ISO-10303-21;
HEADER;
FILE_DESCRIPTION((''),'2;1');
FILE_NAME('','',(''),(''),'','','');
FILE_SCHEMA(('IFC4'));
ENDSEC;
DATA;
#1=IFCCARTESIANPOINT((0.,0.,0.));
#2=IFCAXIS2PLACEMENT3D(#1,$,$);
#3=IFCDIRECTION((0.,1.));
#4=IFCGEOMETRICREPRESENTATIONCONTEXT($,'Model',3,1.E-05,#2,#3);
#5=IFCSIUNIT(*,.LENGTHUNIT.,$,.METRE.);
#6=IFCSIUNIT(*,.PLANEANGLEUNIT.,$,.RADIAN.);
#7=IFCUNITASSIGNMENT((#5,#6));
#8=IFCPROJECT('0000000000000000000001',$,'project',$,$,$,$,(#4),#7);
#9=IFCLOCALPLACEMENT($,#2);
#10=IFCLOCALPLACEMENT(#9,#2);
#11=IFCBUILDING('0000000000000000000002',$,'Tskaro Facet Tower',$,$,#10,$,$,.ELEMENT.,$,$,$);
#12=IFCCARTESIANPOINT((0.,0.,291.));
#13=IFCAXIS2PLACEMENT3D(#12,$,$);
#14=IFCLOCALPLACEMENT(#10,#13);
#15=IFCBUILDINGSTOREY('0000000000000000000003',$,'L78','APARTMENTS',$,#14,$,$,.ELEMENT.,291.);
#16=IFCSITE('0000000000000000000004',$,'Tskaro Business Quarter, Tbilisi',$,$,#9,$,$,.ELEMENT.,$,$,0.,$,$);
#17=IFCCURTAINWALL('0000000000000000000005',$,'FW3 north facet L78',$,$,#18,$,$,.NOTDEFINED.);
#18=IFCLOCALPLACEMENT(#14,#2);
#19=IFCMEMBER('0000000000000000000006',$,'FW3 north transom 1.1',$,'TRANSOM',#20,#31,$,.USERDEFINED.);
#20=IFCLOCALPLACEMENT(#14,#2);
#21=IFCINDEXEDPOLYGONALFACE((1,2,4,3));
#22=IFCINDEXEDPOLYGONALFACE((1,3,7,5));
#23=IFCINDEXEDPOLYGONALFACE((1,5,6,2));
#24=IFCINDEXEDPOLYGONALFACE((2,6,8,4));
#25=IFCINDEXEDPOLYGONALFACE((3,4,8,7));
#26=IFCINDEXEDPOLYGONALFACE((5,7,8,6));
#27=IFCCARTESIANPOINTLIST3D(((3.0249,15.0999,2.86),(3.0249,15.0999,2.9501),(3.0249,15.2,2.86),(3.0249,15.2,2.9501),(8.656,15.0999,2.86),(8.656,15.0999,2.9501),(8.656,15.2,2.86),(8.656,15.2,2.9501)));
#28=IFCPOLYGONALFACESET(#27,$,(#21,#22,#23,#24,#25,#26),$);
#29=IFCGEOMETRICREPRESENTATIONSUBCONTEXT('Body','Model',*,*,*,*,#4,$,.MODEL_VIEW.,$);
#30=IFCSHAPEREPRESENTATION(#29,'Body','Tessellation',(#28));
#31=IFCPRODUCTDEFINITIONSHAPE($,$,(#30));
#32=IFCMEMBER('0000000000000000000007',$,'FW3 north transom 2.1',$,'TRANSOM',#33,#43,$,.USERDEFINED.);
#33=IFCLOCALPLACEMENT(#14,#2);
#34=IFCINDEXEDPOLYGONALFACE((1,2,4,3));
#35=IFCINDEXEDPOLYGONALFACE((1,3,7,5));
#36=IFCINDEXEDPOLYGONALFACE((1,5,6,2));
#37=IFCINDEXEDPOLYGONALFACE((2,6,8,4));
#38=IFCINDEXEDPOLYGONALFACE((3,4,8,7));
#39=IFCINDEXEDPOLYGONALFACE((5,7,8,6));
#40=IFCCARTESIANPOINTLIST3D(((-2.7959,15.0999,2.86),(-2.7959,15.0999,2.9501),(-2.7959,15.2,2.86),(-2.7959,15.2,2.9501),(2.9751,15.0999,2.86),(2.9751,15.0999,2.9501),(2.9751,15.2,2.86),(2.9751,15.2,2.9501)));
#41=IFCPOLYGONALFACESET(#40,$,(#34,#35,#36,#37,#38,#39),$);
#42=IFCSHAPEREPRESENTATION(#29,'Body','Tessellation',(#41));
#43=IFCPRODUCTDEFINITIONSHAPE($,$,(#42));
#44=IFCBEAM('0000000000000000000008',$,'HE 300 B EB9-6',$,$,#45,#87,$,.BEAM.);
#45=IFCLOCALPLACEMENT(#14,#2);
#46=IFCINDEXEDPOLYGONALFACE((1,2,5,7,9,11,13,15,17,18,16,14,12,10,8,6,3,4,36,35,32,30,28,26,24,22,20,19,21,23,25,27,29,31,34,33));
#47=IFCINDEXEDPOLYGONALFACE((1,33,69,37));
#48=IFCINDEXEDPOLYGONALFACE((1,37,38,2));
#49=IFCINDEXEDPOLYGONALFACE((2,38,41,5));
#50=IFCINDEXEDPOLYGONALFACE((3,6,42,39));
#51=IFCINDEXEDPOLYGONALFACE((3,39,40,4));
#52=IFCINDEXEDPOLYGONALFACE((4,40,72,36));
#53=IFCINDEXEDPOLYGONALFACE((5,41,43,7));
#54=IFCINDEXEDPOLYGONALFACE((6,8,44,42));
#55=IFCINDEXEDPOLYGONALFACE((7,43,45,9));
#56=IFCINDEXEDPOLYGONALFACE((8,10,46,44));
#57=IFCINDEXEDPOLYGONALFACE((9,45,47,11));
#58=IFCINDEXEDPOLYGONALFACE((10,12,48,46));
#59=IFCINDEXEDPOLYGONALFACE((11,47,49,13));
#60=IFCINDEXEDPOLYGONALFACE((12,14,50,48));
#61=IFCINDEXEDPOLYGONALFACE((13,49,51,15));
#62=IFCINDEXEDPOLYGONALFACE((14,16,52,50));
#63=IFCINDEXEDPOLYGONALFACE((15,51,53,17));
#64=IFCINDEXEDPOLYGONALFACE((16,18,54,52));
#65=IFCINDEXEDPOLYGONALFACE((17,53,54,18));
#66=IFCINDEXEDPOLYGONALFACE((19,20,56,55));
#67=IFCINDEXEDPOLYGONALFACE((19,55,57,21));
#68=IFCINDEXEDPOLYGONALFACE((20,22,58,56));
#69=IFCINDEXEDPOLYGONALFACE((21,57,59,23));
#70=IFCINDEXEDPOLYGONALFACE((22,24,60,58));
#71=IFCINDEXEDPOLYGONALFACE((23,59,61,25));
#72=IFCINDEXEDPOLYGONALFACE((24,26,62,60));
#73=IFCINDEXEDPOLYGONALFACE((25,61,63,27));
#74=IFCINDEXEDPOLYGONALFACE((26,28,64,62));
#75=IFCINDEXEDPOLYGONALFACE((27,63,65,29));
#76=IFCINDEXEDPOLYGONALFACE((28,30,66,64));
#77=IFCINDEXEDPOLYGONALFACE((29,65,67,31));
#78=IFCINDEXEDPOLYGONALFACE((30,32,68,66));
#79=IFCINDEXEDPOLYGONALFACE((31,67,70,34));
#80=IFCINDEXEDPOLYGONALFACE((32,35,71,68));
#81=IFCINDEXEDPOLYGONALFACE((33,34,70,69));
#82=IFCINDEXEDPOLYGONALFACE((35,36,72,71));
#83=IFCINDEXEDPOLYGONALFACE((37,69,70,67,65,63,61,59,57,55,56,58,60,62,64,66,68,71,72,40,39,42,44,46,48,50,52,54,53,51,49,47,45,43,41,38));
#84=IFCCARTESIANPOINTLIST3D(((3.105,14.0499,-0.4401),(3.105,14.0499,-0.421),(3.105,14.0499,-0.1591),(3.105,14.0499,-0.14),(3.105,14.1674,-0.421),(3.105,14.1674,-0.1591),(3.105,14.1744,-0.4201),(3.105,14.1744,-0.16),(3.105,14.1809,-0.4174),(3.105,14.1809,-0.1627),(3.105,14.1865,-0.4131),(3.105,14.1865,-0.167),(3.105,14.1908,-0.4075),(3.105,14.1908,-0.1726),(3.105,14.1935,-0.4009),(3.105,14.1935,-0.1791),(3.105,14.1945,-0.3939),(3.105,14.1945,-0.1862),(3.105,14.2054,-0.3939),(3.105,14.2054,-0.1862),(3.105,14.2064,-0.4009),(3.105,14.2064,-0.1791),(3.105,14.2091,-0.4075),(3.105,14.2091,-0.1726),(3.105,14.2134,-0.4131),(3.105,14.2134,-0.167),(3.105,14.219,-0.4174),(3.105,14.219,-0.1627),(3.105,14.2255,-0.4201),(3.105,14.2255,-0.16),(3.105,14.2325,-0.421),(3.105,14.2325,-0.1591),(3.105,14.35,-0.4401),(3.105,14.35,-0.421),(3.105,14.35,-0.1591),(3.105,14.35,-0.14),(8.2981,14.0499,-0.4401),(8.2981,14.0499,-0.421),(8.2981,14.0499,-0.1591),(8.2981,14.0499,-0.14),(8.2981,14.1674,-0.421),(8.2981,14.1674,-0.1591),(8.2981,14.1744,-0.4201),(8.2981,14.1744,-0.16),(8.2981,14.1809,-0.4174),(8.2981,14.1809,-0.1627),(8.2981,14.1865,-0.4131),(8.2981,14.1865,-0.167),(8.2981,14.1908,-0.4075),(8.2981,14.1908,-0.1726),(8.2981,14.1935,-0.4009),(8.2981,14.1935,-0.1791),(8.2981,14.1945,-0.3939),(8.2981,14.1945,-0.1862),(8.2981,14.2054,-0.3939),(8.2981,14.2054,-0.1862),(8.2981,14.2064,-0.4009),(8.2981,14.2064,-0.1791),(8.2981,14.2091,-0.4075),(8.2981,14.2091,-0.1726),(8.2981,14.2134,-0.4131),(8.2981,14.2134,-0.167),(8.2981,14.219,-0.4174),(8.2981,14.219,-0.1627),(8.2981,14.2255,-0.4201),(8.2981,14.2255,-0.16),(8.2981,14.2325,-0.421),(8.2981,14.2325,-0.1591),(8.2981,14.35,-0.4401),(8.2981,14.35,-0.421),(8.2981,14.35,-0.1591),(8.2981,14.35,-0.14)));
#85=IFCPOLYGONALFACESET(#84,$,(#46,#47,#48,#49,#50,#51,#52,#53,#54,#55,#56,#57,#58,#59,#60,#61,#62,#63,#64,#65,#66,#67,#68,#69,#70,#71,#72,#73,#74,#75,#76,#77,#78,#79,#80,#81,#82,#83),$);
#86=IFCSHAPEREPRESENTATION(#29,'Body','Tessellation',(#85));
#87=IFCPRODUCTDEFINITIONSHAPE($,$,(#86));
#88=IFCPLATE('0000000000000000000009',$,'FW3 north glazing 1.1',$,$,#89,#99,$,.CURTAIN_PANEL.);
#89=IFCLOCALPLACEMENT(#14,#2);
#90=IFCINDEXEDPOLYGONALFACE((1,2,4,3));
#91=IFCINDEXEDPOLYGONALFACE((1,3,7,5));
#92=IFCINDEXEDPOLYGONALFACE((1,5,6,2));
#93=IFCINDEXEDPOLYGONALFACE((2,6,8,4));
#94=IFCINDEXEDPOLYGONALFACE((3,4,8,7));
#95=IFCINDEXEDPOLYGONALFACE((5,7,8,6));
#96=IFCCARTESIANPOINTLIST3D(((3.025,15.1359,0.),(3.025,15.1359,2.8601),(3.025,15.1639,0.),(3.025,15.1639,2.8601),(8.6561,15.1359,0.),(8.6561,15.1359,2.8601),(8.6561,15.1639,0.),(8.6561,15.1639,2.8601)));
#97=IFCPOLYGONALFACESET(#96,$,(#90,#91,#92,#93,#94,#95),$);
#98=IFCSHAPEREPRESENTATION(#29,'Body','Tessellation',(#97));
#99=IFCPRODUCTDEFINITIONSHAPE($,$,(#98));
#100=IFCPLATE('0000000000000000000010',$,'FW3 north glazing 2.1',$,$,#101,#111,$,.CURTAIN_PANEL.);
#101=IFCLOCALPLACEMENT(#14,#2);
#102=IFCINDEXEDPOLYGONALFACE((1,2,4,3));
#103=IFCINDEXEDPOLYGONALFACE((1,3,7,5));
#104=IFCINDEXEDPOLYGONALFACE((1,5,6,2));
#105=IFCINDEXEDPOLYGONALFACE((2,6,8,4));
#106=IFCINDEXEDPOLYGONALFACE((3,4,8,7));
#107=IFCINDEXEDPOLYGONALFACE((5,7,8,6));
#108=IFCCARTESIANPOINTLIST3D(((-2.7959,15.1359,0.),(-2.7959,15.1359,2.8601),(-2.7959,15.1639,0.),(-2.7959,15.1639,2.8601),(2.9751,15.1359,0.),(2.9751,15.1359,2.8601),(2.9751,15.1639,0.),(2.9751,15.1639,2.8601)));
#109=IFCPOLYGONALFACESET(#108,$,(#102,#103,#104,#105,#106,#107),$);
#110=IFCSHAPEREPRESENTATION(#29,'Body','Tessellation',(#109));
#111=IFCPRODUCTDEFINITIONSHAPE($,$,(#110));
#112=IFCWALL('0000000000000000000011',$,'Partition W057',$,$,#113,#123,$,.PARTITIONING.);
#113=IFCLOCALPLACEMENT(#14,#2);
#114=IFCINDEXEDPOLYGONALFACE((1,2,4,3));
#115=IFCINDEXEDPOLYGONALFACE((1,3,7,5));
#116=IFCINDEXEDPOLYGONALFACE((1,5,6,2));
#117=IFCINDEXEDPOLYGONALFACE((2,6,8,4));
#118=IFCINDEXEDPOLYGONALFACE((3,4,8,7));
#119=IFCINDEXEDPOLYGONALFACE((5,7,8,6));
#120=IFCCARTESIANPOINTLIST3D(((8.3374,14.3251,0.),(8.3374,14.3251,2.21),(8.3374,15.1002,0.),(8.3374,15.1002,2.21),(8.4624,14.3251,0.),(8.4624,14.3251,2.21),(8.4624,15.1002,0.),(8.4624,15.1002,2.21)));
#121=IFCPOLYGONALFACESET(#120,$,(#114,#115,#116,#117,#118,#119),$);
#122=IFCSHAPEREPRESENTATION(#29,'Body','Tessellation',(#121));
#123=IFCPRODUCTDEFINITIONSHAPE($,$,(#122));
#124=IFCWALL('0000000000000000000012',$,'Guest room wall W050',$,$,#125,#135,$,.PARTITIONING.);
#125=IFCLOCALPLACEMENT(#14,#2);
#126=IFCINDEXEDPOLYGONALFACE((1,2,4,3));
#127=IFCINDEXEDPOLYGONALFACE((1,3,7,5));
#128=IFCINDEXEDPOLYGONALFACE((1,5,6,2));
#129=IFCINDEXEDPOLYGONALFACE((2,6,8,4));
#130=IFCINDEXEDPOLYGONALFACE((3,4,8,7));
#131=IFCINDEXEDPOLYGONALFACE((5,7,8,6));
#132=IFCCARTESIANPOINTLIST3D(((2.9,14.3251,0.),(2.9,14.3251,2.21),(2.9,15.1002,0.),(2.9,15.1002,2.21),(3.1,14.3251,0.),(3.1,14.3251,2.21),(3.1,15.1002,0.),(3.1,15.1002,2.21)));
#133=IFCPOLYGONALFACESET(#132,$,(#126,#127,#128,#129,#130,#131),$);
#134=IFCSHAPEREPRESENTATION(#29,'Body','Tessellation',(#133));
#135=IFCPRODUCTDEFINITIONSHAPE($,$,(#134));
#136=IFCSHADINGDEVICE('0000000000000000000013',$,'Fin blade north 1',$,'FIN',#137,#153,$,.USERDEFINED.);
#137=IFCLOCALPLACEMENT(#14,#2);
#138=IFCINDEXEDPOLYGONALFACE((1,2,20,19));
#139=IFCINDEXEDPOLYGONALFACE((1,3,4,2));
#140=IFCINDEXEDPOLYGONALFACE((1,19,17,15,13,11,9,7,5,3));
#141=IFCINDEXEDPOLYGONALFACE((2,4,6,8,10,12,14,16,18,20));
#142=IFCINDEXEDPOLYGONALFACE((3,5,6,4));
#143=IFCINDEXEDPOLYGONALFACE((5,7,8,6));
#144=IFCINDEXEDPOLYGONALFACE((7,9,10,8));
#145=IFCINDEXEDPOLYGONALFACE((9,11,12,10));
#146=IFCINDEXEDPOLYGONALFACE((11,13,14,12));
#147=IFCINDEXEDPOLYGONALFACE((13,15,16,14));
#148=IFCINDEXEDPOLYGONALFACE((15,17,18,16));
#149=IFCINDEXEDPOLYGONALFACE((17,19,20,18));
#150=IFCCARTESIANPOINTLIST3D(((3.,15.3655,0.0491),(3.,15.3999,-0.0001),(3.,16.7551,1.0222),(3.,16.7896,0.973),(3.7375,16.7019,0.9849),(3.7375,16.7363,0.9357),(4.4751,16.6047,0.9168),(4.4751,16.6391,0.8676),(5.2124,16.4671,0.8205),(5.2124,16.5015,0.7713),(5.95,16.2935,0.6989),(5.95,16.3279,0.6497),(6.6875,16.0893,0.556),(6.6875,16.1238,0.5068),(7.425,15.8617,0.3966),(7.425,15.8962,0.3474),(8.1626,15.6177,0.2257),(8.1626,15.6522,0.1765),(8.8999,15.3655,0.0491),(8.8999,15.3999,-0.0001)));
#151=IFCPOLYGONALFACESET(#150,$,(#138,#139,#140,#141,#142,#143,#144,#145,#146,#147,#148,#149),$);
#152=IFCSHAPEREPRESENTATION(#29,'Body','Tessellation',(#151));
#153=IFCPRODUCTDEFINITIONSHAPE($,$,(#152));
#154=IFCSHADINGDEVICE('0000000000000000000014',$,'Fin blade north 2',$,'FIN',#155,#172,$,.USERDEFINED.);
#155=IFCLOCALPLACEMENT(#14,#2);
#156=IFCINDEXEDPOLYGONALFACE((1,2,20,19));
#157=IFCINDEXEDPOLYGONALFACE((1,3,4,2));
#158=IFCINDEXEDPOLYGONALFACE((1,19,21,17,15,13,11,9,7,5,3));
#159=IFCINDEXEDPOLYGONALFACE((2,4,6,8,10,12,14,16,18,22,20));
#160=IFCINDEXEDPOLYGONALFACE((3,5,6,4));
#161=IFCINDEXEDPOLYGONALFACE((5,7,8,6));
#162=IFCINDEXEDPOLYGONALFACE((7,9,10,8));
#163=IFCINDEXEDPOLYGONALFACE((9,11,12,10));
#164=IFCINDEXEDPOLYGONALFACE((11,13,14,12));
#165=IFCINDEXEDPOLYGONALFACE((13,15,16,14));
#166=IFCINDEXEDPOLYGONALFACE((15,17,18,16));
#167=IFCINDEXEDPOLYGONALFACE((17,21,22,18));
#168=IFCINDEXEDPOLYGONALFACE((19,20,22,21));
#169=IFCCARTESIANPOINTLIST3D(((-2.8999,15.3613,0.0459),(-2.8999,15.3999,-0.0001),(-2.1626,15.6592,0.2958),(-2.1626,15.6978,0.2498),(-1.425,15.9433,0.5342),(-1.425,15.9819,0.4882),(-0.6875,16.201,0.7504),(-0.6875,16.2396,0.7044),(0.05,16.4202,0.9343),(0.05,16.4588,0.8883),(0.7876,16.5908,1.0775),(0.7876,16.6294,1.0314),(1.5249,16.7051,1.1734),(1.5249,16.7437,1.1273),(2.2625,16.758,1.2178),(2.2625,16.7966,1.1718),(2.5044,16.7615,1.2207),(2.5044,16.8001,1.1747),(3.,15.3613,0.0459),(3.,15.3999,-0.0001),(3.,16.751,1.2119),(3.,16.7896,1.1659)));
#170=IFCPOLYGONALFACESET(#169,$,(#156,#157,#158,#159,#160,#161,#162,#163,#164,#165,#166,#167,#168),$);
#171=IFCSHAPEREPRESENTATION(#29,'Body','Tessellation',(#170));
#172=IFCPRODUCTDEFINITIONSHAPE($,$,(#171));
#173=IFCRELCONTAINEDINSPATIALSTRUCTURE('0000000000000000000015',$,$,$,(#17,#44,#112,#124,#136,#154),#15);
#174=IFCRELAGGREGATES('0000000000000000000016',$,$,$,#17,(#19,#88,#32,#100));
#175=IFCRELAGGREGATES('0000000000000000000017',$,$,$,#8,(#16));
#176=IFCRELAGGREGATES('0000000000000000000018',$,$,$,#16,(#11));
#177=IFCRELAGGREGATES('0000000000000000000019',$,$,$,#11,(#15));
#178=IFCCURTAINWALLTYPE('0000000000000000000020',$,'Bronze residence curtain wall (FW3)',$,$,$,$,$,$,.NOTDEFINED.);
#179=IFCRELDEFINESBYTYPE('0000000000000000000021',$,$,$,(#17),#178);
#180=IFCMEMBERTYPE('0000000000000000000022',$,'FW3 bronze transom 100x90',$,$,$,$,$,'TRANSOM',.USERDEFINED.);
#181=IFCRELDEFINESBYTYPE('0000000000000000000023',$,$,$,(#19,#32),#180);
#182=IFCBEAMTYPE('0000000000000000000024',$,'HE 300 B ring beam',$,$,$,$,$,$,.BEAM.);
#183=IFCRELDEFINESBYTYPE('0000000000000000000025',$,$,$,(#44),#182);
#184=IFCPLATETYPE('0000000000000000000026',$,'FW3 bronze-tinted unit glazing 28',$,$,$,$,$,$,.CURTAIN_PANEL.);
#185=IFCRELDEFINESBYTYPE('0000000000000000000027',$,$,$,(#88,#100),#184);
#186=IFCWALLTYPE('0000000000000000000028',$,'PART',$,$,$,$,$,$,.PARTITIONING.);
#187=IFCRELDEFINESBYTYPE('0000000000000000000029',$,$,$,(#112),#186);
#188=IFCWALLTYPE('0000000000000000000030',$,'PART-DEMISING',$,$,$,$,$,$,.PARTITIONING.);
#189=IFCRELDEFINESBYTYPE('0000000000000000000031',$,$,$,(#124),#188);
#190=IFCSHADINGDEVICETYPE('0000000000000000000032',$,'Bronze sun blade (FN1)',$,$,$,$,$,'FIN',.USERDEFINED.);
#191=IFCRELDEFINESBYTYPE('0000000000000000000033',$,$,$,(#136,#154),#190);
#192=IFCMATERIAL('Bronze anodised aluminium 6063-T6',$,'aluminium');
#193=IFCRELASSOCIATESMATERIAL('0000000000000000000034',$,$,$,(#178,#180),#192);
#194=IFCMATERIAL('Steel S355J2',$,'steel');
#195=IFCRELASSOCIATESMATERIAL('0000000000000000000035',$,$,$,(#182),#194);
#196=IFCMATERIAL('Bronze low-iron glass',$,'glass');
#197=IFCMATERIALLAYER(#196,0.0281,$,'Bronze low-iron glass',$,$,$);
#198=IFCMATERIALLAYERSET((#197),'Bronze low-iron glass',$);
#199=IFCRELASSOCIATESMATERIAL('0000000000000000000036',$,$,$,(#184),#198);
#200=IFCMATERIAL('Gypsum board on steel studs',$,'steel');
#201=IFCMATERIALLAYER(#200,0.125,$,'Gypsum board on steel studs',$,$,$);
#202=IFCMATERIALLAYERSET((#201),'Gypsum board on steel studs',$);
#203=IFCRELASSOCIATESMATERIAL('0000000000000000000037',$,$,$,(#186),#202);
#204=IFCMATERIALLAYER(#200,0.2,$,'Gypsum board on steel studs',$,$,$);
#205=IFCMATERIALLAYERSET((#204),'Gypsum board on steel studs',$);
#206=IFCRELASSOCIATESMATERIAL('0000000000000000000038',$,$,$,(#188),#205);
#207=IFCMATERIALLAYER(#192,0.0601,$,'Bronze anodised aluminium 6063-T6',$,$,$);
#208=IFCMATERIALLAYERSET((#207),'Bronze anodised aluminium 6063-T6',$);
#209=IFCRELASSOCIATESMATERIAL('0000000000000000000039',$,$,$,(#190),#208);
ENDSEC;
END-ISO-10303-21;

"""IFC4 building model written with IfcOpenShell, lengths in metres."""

from ifc_helpers import new_model, si_unit, direction, frame, frame_2d, origin, origin_2d, place, context, subcontext, project, spatial, polyline, rectangle, i_section, outline, extrude, material, layer, layer_set, material_profile, profile_set, type_object, element, aggregate, save


model = new_model("IFC4")

# Units and contexts
model_context = context("Model", 3, precision=1e-05, world=origin(), true_north=direction((0.0, 1.0)))
body_context = subcontext(model_context, "Body", "Model", "MODEL_VIEW")
ifc_project = project(units=[si_unit("LENGTHUNIT", "METRE"), si_unit("PLANEANGLEUNIT", "RADIAN")], contexts=[model_context])

# Site, building, storey
site_placement = place(None, origin())
site = spatial("IfcSite", under=ifc_project, at=site_placement, Name="Tskaro Business Quarter, Tbilisi", CompositionType="ELEMENT", RefElevation=0.0)
building_placement = place(site_placement, origin())
building = spatial("IfcBuilding", under=site, at=building_placement, Name="Tskaro Facet Tower", CompositionType="ELEMENT")
storey_placement = place(building_placement, frame((0.0, 0.0, 291.0)))
storey = spatial("IfcBuildingStorey", under=building, at=storey_placement, Name="L78", Description="APARTMENTS", CompositionType="ELEMENT", Elevation=291.0)

# Shared definitions
ifc_material_1 = material(Name="Steel S355J2", Category="steel")

# Curtain wall, members
ifc_material_2 = material(Name="Bronze anodised aluminium 6063-T6", Category="aluminium")
curtain_wall_type = type_object("IfcCurtainWallType", Name="Bronze residence curtain wall (FW3)", PredefinedType="NOTDEFINED", material=ifc_material_2)
curtain_wall_placement = place(storey_placement, origin())
curtain_wall = element("IfcCurtainWall", 1, at=curtain_wall_placement, inside=storey, type_object=curtain_wall_type, Name="FW3 north facet L78", PredefinedType="NOTDEFINED")
ifc_material_profile_1 = material_profile(ifc_material_2, rectangle(XDim=0.1001, YDim=0.0901, at=origin_2d()), Name="Transom 100x90")
ifc_profile_set_1 = profile_set([ifc_material_profile_1], Name="Bronze anodised aluminium 6063-T6")
member_type_1 = type_object("IfcMemberType", Name="FW3 bronze transom 100x90", ElementType="TRANSOM", PredefinedType="USERDEFINED", material=ifc_profile_set_1)
member_1_placement = place(storey_placement, frame((8.656, 15.1499, 2.905), z_axis=(-1.0, 0.0, 0.0), x_axis=(0.0, -1.0, 0.0)))
member_1 = element("IfcMember", 2, at=member_1_placement, type_object=member_type_1, Name="FW3 north transom 1.1", ObjectType="TRANSOM", PredefinedType="USERDEFINED", context=body_context, shape_type="SweptSolid", body=[
    extrude(rectangle(XDim=0.1001, YDim=0.0901, at=origin_2d()), origin(), (0.0, 0.0, 1.0), 5.6311),
])
member_2_placement = place(storey_placement, frame((2.9751, 15.1499, 2.905), z_axis=(-1.0, 0.0, 0.0), x_axis=(0.0, -1.0, 0.0)))
member_2 = element("IfcMember", 3, at=member_2_placement, type_object=member_type_1, Name="FW3 north transom 2.1", ObjectType="TRANSOM", PredefinedType="USERDEFINED", context=body_context, shape_type="SweptSolid", body=[
    extrude(rectangle(XDim=0.1001, YDim=0.0901, at=origin_2d()), origin(), (0.0, 0.0, 1.0), 5.771),
])

# Beam
ifc_material_profile_2 = material_profile(ifc_material_1, i_section(OverallWidth=0.3, OverallDepth=0.3, WebThickness=0.011, FlangeThickness=0.019, FilletRadius=0.0271, at=origin_2d()), Name="HE 300 B")
ifc_profile_set_2 = profile_set([ifc_material_profile_2], Name="Steel S355J2")
beam_type = type_object("IfcBeamType", Name="HE 300 B ring beam", PredefinedType="BEAM", material=ifc_profile_set_2)
beam_placement = place(storey_placement, frame((8.2981, 14.2, -0.29), z_axis=(-1.0, 0.0, 0.0), x_axis=(0.0, -1.0, 0.0)))
element("IfcBeam", 4, at=beam_placement, inside=storey, type_object=beam_type, Name="HE 300 B EB9-6", PredefinedType="BEAM", context=body_context, shape_type="SweptSolid", body=[
    extrude(i_section(OverallWidth=0.3, OverallDepth=0.3, WebThickness=0.011, FlangeThickness=0.019, FilletRadius=0.0271, at=origin_2d()), origin(), (0.0, 0.0, 1.0), 5.1931),
])

# Plates
ifc_material_3 = material(Name="Bronze low-iron glass", Category="glass")
ifc_layer_1 = layer(ifc_material_3, 0.0281, Name="Bronze low-iron glass")
ifc_layer_set_1 = layer_set([ifc_layer_1], Name="Bronze low-iron glass")
plate_type = type_object("IfcPlateType", Name="FW3 bronze-tinted unit glazing 28", PredefinedType="CURTAIN_PANEL", material=ifc_layer_set_1)
plate_1_placement = place(storey_placement, frame((5.8406, 15.1499, 0.0), z_axis=(0.0, 0.0, 1.0), x_axis=(-1.0, 0.0, 0.0)))
plate_1 = element("IfcPlate", 5, at=plate_1_placement, type_object=plate_type, Name="FW3 north glazing 1.1", PredefinedType="CURTAIN_PANEL", context=body_context, shape_type="SweptSolid", body=[
    extrude(rectangle(XDim=5.6311, YDim=0.0281, at=origin_2d()), origin(), (0.0, 0.0, 1.0), 2.8601),
])
plate_2_placement = place(storey_placement, frame((0.0896, 15.1499, 0.0), z_axis=(0.0, 0.0, 1.0), x_axis=(-1.0, 0.0, 0.0)))
plate_2 = element("IfcPlate", 6, at=plate_2_placement, type_object=plate_type, Name="FW3 north glazing 2.1", PredefinedType="CURTAIN_PANEL", context=body_context, shape_type="SweptSolid", body=[
    extrude(rectangle(XDim=5.771, YDim=0.0281, at=origin_2d()), origin(), (0.0, 0.0, 1.0), 2.8601),
])
aggregate(curtain_wall, [member_1, plate_1, member_2, plate_2])

# Walls
ifc_material_4 = material(Name="Gypsum board on steel studs", Category="steel")
ifc_layer_2 = layer(ifc_material_4, 0.125, Name="Gypsum board on steel studs")
ifc_layer_set_2 = layer_set([ifc_layer_2], Name="Gypsum board on steel studs")
wall_type_1 = type_object("IfcWallType", Name="PART", PredefinedType="PARTITIONING", material=ifc_layer_set_2)
wall_1_placement = place(storey_placement, frame((8.3999, 14.325, 0.0), z_axis=(0.0, 0.0, 1.0), x_axis=(0.0, 1.0, 0.0)))
element("IfcWall", 7, at=wall_1_placement, inside=storey, type_object=wall_type_1, Name="Partition W057", PredefinedType="PARTITIONING", context=body_context, shape_type="SweptSolid", body=[
    extrude(rectangle(XDim=0.7751, YDim=0.125, at=frame_2d((0.3877, 0.0))), origin(), (0.0, 0.0, 1.0), 2.21),
])
ifc_layer_3 = layer(ifc_material_4, 0.2, Name="Gypsum board on steel studs")
ifc_layer_set_3 = layer_set([ifc_layer_3], Name="Gypsum board on steel studs")
wall_type_2 = type_object("IfcWallType", Name="PART-DEMISING", PredefinedType="PARTITIONING", material=ifc_layer_set_3)
wall_2_placement = place(storey_placement, frame((3.0, 14.325, 0.0), z_axis=(0.0, 0.0, 1.0), x_axis=(0.0, 1.0, 0.0)))
element("IfcWall", 8, at=wall_2_placement, inside=storey, type_object=wall_type_2, Name="Guest room wall W050", PredefinedType="PARTITIONING", context=body_context, shape_type="SweptSolid", body=[
    extrude(rectangle(XDim=0.7751, YDim=0.2, at=frame_2d((0.3877, 0.0))), origin(), (0.0, 0.0, 1.0), 2.21),
])

# Shading devices
ifc_layer_4 = layer(ifc_material_2, 0.0601, Name="Bronze anodised aluminium 6063-T6")
ifc_layer_set_4 = layer_set([ifc_layer_4], Name="Bronze anodised aluminium 6063-T6")
shading_device_type = type_object("IfcShadingDeviceType", Name="Bronze sun blade (FN1)", ElementType="FIN", PredefinedType="USERDEFINED", material=ifc_layer_set_4)
shading_device_1_placement = place(storey_placement, frame((8.8999, 15.3655, 0.0491), z_axis=(0.000003, -0.573601, 0.819135), x_axis=(-1.0, -0.000002, 0.000003)))
element("IfcShadingDevice", 9, at=shading_device_1_placement, inside=storey, type_object=shading_device_type, Name="Fin blade north 1", ObjectType="FIN", PredefinedType="USERDEFINED", context=body_context, shape_type="SweptSolid", body=[
    extrude(outline(polyline([(0.0, 0.0), (5.8999, 0.0), (5.8999, -1.6965), (5.1624, -1.6315), (4.4248, -1.5128), (3.6875, -1.3449), (2.95, -1.1329), (2.2124, -0.8837), (1.4749, -0.6058), (0.7373, -0.308), (0.0, 0.0)])), origin(), (0.0, 0.0, -1.0), 0.0601),
])
shading_device_2_placement = place(storey_placement, frame((3.0, 15.3613, 0.0459), z_axis=(-0.000001, -0.642765, 0.766064), x_axis=(-1.0, 0.0, 0.0)))
element("IfcShadingDevice", 10, at=shading_device_2_placement, inside=storey, type_object=shading_device_type, Name="Fin blade north 2", ObjectType="FIN", PredefinedType="USERDEFINED", context=body_context, shape_type="SweptSolid", body=[
    extrude(outline(polyline([(0.0, 0.0), (5.8999, 0.0), (5.1626, -0.3889), (4.425, -0.7597), (3.6875, -1.0961), (2.95, -1.3822), (2.2124, -1.6049), (1.4751, -1.7541), (0.7375, -1.8232), (0.4956, -1.8277), (0.0, -1.814), (0.0, 0.0)])), origin(), (0.0, 0.0, -1.0), 0.0601),
])

save(model, "model.ifc")
